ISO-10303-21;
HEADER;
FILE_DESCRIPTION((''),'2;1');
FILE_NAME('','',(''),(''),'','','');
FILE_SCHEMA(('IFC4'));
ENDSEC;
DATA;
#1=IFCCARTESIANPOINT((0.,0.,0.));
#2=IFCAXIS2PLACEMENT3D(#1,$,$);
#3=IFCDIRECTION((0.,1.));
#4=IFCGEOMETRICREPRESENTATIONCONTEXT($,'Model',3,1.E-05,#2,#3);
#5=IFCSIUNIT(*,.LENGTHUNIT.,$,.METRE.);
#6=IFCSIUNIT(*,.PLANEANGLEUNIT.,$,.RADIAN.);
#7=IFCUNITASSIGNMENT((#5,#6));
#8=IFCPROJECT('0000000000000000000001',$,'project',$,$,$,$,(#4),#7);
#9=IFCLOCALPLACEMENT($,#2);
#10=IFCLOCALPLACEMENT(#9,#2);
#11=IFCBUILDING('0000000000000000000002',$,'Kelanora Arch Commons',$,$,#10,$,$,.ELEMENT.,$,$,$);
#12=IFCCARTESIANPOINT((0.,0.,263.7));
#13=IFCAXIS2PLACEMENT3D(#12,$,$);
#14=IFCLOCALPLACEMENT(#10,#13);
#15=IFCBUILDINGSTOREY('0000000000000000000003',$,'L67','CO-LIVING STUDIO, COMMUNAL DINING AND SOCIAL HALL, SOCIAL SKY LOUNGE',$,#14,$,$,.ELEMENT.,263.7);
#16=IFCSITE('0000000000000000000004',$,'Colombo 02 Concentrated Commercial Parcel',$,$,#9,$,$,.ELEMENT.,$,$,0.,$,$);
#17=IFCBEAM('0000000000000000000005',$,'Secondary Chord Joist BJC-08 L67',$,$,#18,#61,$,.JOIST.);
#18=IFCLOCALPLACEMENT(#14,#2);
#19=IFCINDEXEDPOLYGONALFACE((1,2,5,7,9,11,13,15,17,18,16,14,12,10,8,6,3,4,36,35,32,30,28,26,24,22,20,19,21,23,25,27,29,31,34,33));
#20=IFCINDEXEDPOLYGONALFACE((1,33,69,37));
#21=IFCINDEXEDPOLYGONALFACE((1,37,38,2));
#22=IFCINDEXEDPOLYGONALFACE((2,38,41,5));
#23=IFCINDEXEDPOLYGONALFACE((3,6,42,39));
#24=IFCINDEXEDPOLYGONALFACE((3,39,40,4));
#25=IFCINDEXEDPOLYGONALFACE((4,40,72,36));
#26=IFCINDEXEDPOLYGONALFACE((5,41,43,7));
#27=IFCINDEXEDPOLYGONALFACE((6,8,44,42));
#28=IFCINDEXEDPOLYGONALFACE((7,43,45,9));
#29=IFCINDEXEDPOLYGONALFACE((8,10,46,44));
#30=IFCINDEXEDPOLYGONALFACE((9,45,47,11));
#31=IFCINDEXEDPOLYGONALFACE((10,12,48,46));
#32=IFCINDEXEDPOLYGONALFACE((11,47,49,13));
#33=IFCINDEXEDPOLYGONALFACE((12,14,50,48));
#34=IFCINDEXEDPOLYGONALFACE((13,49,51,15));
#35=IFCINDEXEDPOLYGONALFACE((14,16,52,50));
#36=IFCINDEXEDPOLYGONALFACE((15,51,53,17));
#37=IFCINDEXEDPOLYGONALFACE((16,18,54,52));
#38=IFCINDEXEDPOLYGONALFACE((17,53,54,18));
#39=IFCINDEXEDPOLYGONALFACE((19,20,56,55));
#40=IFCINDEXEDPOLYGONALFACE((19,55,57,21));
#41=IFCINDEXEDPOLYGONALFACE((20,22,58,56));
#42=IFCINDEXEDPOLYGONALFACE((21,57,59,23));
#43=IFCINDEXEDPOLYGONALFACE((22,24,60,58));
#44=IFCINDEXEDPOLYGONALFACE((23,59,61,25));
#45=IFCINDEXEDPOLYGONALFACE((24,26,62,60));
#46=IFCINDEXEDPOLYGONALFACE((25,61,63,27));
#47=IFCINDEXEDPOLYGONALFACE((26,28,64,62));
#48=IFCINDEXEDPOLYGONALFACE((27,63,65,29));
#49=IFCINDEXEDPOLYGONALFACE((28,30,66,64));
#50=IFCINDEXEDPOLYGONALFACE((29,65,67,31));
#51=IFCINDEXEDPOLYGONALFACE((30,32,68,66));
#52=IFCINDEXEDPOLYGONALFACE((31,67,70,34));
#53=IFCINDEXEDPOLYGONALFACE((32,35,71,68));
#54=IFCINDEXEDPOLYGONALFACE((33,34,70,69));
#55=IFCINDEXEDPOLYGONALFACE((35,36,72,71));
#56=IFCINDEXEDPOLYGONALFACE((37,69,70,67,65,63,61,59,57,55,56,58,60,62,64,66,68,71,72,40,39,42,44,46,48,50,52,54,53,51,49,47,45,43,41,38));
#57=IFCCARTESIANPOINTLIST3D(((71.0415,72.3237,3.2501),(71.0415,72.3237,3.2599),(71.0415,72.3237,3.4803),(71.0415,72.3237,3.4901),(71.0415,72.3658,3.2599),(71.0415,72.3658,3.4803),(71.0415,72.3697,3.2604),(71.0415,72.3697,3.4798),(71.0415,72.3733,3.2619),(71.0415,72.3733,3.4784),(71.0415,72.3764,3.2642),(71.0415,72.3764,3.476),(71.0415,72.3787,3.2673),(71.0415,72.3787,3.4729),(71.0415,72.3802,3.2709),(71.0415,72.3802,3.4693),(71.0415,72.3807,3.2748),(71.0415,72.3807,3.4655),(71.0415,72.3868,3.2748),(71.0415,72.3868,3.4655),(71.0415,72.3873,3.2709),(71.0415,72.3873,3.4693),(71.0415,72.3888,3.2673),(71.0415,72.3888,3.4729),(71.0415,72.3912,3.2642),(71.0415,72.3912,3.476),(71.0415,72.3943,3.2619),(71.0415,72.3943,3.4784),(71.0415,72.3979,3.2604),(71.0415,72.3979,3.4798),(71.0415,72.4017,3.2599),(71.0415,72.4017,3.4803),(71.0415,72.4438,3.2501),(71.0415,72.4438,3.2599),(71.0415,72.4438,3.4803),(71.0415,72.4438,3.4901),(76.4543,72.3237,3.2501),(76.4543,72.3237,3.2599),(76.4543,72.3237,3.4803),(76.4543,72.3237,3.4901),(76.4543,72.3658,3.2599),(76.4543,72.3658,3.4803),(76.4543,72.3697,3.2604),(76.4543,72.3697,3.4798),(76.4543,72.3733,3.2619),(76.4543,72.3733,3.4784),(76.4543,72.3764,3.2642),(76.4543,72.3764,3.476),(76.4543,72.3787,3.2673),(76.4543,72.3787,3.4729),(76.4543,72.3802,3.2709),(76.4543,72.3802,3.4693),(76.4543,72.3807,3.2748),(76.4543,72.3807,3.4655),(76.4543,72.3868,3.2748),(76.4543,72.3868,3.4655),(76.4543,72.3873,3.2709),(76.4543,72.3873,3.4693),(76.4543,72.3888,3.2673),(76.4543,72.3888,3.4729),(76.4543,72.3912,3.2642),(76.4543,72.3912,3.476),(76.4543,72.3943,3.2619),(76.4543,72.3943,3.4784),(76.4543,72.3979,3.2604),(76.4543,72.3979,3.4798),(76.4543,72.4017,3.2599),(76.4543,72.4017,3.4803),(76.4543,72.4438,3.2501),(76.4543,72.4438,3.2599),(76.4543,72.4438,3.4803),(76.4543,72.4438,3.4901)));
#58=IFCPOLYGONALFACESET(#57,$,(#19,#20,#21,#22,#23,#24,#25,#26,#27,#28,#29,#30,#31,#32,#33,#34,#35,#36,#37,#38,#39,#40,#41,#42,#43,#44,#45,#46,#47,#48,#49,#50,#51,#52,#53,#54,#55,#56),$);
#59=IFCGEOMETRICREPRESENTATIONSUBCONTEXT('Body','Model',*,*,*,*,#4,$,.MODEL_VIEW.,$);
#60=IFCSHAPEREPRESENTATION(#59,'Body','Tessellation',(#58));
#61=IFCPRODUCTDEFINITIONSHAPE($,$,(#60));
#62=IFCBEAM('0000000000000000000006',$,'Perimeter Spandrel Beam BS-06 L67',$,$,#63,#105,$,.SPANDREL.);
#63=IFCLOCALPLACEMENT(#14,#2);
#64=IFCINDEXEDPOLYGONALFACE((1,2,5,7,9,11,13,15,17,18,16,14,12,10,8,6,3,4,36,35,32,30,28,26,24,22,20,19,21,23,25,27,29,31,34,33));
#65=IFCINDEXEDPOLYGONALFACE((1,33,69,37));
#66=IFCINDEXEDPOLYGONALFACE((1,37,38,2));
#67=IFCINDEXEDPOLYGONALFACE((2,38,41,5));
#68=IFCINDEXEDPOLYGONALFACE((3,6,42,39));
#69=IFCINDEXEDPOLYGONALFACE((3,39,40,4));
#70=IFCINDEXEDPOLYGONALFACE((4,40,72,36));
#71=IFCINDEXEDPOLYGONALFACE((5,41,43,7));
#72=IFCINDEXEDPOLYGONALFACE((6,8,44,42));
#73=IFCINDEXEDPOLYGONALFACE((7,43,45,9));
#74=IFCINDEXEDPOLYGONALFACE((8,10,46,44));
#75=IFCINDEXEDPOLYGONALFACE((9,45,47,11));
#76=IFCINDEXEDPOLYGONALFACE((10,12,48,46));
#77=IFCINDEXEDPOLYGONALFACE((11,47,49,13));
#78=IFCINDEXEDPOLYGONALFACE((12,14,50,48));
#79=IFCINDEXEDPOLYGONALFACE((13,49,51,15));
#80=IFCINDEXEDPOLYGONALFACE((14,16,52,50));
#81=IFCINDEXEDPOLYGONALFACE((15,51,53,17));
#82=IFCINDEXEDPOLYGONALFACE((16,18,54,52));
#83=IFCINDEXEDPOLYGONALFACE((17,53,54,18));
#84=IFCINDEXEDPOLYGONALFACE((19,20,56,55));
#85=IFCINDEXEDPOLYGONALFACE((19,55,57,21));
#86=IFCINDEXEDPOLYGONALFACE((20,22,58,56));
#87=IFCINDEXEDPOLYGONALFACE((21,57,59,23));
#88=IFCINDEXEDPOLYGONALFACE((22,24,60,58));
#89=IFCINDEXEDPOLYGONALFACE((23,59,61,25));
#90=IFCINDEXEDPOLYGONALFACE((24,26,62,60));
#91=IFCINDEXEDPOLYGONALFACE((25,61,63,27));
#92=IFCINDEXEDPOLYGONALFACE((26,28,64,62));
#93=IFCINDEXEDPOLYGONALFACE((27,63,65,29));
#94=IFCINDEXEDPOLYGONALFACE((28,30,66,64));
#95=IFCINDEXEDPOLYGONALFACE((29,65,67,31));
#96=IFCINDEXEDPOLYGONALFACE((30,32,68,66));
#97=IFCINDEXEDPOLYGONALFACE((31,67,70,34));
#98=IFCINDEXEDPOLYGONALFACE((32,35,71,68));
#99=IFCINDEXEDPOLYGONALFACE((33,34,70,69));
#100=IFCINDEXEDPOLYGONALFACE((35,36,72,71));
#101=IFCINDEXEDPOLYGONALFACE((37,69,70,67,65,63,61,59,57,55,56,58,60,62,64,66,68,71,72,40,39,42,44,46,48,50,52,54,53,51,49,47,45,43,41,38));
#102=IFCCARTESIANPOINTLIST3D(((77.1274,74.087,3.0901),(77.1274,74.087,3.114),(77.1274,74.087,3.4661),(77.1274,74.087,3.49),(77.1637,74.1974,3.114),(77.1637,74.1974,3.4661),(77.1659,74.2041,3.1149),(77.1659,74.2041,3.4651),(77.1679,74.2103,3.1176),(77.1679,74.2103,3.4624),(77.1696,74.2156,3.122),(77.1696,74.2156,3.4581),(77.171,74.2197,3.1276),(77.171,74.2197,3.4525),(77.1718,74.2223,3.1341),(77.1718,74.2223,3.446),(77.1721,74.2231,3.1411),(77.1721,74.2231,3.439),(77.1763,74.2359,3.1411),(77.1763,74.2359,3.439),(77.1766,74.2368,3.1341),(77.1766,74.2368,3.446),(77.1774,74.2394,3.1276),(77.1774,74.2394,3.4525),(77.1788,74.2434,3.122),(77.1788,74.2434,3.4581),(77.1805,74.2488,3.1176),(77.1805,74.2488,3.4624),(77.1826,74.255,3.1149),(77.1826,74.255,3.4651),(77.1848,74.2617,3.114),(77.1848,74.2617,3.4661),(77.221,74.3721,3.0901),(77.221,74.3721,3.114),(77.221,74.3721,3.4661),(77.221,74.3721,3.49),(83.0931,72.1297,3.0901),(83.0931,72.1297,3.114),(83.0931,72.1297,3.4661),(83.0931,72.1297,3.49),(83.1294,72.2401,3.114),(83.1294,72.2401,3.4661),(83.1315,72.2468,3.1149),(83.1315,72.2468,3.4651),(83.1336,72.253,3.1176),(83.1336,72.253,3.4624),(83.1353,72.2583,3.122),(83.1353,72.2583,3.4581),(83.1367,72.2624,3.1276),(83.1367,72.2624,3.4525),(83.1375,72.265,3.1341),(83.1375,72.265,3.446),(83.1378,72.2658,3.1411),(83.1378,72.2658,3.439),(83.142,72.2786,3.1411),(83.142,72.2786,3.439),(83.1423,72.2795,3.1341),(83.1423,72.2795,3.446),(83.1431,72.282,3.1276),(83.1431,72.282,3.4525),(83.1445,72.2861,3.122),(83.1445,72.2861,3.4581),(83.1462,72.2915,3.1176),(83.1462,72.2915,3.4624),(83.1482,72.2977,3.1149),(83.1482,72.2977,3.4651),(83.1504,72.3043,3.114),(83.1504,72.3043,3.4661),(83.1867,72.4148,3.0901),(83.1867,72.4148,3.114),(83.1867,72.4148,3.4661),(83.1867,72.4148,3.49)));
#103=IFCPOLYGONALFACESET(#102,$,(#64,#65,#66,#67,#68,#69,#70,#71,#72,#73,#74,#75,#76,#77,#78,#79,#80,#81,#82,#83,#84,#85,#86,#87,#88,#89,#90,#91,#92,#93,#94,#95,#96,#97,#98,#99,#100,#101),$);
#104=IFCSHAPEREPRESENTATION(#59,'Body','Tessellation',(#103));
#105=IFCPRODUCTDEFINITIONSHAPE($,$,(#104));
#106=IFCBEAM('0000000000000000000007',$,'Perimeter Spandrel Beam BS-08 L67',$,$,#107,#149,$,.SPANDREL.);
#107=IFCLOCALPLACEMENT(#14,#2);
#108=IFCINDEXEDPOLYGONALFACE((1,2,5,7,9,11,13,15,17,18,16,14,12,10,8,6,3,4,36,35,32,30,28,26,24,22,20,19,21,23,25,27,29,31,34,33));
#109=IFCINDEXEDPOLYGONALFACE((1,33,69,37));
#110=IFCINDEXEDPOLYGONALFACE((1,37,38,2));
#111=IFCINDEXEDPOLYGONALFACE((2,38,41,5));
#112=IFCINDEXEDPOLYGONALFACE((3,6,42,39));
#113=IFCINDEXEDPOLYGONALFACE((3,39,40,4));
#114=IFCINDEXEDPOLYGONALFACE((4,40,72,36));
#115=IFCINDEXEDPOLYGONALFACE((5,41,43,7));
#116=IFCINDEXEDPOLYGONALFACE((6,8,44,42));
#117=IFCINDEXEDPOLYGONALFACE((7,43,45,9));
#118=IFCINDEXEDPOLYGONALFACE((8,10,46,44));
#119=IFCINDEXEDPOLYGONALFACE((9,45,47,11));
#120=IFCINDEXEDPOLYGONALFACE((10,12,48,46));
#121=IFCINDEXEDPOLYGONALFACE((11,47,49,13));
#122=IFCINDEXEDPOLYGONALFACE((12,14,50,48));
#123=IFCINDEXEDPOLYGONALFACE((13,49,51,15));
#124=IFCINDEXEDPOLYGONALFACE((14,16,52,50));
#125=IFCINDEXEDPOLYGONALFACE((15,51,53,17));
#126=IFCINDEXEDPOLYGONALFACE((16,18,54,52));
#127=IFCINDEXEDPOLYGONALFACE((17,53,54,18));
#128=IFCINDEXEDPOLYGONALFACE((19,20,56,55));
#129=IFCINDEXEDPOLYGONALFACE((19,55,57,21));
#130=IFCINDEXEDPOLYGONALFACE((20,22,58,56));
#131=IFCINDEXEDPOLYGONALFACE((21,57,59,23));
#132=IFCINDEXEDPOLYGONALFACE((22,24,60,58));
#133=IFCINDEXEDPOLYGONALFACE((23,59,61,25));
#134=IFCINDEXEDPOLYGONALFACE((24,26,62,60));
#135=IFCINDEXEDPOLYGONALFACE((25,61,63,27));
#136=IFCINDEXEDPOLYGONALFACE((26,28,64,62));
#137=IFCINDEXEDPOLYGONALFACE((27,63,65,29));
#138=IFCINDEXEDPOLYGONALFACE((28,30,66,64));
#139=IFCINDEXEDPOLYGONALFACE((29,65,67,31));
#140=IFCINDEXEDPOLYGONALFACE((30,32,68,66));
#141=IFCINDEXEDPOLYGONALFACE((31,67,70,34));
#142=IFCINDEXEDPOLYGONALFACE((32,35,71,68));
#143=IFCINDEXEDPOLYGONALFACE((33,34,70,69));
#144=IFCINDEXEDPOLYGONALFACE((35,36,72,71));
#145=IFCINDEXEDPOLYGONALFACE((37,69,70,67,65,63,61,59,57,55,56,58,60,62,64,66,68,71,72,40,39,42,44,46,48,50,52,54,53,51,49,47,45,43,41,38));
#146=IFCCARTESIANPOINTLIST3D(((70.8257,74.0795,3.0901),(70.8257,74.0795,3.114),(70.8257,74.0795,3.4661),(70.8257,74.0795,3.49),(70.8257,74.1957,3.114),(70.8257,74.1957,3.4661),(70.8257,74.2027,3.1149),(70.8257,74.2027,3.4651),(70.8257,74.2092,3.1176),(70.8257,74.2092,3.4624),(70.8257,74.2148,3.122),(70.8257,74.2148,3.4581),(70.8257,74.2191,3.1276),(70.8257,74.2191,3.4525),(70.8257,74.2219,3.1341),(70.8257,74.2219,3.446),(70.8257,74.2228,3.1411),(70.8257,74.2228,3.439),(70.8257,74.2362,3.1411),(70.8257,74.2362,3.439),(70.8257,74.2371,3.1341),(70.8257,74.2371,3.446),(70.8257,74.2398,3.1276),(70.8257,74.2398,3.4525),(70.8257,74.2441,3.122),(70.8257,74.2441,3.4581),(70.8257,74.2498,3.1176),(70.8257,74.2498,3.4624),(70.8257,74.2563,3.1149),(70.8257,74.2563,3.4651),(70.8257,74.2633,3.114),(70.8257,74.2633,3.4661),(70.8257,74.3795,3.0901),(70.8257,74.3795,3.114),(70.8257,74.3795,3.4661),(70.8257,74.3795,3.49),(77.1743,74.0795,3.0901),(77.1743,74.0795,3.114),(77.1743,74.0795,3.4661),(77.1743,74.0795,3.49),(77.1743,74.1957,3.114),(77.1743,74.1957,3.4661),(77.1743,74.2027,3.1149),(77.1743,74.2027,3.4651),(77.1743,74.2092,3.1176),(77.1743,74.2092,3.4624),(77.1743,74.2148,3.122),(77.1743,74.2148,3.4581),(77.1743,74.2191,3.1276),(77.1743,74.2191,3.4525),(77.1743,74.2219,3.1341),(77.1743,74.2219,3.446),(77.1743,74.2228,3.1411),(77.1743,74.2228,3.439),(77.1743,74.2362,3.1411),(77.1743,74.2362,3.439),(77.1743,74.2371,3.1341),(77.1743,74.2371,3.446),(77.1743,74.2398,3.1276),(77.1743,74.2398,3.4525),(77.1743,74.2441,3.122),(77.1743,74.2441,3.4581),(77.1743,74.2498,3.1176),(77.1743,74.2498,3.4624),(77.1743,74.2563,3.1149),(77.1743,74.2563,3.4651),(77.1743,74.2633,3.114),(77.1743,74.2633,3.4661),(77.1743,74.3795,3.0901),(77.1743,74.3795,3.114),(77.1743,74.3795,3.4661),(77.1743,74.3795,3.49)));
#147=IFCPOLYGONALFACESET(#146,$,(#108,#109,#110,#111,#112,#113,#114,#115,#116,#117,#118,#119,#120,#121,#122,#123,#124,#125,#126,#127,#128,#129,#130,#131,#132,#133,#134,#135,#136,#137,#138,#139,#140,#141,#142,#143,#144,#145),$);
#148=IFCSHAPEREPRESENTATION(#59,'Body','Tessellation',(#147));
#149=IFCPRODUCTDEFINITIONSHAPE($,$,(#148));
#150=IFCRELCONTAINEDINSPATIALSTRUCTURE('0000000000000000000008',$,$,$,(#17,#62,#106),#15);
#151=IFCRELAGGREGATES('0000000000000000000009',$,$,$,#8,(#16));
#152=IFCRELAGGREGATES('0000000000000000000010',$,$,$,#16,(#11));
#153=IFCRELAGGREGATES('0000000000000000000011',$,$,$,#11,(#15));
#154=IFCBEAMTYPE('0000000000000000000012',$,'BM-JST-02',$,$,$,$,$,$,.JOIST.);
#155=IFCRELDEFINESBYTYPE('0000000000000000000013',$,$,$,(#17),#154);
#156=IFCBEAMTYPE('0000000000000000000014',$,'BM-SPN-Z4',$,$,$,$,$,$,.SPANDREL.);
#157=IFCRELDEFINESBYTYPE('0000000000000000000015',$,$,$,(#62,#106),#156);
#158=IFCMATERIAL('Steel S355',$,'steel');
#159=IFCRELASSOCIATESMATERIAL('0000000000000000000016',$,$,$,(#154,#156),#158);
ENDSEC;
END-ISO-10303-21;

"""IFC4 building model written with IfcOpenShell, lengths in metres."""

from ifc_helpers import new_model, si_unit, direction, frame, origin, origin_2d, place, context, subcontext, project, spatial, i_section, extrude, material, material_profile, profile_set, type_object, element, save


model = new_model("IFC4")

# Units and contexts
model_context = context("Model", 3, precision=1e-05, world=origin(), true_north=direction((0.0, 1.0)))
body_context = subcontext(model_context, "Body", "Model", "MODEL_VIEW")
ifc_project = project(units=[si_unit("LENGTHUNIT", "METRE"), si_unit("PLANEANGLEUNIT", "RADIAN")], contexts=[model_context])

# Site, building, storey
site_placement = place(None, origin())
site = spatial("IfcSite", under=ifc_project, at=site_placement, Name="Colombo 02 Concentrated Commercial Parcel", CompositionType="ELEMENT", RefElevation=0.0)
building_placement = place(site_placement, origin())
building = spatial("IfcBuilding", under=site, at=building_placement, Name="Kelanora Arch Commons", CompositionType="ELEMENT")
storey_placement = place(building_placement, frame((0.0, 0.0, 263.7)))
storey = spatial("IfcBuildingStorey", under=building, at=storey_placement, Name="L67", Description="CO-LIVING STUDIO, COMMUNAL DINING AND SOCIAL HALL, SOCIAL SKY LOUNGE", CompositionType="ELEMENT", Elevation=263.7)

# Beams
ifc_material_1 = material(Name="Steel S355", Category="steel")
ifc_material_profile_1 = material_profile(ifc_material_1, i_section(OverallWidth=0.1201, OverallDepth=0.24, WebThickness=0.0061, FlangeThickness=0.0098, FilletRadius=0.0149, at=origin_2d()), Name="IPE240")
ifc_profile_set_1 = profile_set([ifc_material_profile_1], Name="Steel S355")
beam_type_1 = type_object("IfcBeamType", Name="BM-JST-02", PredefinedType="JOIST", material=ifc_profile_set_1)
beam_1_placement = place(storey_placement, frame((76.4543, 72.3838, 3.3701), z_axis=(-1.0, 0.0, 0.0), x_axis=(0.0, -1.0, 0.0)))
element("IfcBeam", 1, at=beam_1_placement, inside=storey, type_object=beam_type_1, Name="Secondary Chord Joist BJC-08 L67", PredefinedType="JOIST", context=body_context, shape_type="SweptSolid", body=[
    extrude(i_section(OverallWidth=0.1201, OverallDepth=0.24, WebThickness=0.0061, FlangeThickness=0.0098, FilletRadius=0.0149, at=origin_2d()), origin(), (0.0, 0.0, 1.0), 5.4128),
])
ifc_material_profile_2 = material_profile(ifc_material_1, i_section(OverallWidth=0.3, OverallDepth=0.3999, WebThickness=0.0134, FlangeThickness=0.0239, FilletRadius=0.0271, at=origin_2d()), Name="HEB400")
ifc_profile_set_2 = profile_set([ifc_material_profile_2], Name="Steel S355")
beam_type_2 = type_object("IfcBeamType", Name="BM-SPN-Z4", PredefinedType="SPANDREL", material=ifc_profile_set_2)
beam_2_placement = place(storey_placement, frame((83.1399, 72.2722, 3.29), z_axis=(-0.950166, 0.311745, 0.0), x_axis=(-0.311745, -0.950166, 0.0)))
element("IfcBeam", 2, at=beam_2_placement, inside=storey, type_object=beam_type_2, Name="Perimeter Spandrel Beam BS-06 L67", PredefinedType="SPANDREL", context=body_context, shape_type="SweptSolid", body=[
    extrude(i_section(OverallWidth=0.3, OverallDepth=0.3999, WebThickness=0.0134, FlangeThickness=0.0239, FilletRadius=0.0271, at=origin_2d()), origin(), (0.0, 0.0, 1.0), 6.2786),
])
beam_3_placement = place(storey_placement, frame((77.1743, 74.2295, 3.29), z_axis=(-1.0, 0.0, 0.0), x_axis=(0.0, -1.0, 0.0)))
element("IfcBeam", 3, at=beam_3_placement, inside=storey, type_object=beam_type_2, Name="Perimeter Spandrel Beam BS-08 L67", PredefinedType="SPANDREL", context=body_context, shape_type="SweptSolid", body=[
    extrude(i_section(OverallWidth=0.3, OverallDepth=0.3999, WebThickness=0.0134, FlangeThickness=0.0239, FilletRadius=0.0271, at=origin_2d()), origin(), (0.0, 0.0, 1.0), 6.3486),
])

save(model, "model.ifc")
